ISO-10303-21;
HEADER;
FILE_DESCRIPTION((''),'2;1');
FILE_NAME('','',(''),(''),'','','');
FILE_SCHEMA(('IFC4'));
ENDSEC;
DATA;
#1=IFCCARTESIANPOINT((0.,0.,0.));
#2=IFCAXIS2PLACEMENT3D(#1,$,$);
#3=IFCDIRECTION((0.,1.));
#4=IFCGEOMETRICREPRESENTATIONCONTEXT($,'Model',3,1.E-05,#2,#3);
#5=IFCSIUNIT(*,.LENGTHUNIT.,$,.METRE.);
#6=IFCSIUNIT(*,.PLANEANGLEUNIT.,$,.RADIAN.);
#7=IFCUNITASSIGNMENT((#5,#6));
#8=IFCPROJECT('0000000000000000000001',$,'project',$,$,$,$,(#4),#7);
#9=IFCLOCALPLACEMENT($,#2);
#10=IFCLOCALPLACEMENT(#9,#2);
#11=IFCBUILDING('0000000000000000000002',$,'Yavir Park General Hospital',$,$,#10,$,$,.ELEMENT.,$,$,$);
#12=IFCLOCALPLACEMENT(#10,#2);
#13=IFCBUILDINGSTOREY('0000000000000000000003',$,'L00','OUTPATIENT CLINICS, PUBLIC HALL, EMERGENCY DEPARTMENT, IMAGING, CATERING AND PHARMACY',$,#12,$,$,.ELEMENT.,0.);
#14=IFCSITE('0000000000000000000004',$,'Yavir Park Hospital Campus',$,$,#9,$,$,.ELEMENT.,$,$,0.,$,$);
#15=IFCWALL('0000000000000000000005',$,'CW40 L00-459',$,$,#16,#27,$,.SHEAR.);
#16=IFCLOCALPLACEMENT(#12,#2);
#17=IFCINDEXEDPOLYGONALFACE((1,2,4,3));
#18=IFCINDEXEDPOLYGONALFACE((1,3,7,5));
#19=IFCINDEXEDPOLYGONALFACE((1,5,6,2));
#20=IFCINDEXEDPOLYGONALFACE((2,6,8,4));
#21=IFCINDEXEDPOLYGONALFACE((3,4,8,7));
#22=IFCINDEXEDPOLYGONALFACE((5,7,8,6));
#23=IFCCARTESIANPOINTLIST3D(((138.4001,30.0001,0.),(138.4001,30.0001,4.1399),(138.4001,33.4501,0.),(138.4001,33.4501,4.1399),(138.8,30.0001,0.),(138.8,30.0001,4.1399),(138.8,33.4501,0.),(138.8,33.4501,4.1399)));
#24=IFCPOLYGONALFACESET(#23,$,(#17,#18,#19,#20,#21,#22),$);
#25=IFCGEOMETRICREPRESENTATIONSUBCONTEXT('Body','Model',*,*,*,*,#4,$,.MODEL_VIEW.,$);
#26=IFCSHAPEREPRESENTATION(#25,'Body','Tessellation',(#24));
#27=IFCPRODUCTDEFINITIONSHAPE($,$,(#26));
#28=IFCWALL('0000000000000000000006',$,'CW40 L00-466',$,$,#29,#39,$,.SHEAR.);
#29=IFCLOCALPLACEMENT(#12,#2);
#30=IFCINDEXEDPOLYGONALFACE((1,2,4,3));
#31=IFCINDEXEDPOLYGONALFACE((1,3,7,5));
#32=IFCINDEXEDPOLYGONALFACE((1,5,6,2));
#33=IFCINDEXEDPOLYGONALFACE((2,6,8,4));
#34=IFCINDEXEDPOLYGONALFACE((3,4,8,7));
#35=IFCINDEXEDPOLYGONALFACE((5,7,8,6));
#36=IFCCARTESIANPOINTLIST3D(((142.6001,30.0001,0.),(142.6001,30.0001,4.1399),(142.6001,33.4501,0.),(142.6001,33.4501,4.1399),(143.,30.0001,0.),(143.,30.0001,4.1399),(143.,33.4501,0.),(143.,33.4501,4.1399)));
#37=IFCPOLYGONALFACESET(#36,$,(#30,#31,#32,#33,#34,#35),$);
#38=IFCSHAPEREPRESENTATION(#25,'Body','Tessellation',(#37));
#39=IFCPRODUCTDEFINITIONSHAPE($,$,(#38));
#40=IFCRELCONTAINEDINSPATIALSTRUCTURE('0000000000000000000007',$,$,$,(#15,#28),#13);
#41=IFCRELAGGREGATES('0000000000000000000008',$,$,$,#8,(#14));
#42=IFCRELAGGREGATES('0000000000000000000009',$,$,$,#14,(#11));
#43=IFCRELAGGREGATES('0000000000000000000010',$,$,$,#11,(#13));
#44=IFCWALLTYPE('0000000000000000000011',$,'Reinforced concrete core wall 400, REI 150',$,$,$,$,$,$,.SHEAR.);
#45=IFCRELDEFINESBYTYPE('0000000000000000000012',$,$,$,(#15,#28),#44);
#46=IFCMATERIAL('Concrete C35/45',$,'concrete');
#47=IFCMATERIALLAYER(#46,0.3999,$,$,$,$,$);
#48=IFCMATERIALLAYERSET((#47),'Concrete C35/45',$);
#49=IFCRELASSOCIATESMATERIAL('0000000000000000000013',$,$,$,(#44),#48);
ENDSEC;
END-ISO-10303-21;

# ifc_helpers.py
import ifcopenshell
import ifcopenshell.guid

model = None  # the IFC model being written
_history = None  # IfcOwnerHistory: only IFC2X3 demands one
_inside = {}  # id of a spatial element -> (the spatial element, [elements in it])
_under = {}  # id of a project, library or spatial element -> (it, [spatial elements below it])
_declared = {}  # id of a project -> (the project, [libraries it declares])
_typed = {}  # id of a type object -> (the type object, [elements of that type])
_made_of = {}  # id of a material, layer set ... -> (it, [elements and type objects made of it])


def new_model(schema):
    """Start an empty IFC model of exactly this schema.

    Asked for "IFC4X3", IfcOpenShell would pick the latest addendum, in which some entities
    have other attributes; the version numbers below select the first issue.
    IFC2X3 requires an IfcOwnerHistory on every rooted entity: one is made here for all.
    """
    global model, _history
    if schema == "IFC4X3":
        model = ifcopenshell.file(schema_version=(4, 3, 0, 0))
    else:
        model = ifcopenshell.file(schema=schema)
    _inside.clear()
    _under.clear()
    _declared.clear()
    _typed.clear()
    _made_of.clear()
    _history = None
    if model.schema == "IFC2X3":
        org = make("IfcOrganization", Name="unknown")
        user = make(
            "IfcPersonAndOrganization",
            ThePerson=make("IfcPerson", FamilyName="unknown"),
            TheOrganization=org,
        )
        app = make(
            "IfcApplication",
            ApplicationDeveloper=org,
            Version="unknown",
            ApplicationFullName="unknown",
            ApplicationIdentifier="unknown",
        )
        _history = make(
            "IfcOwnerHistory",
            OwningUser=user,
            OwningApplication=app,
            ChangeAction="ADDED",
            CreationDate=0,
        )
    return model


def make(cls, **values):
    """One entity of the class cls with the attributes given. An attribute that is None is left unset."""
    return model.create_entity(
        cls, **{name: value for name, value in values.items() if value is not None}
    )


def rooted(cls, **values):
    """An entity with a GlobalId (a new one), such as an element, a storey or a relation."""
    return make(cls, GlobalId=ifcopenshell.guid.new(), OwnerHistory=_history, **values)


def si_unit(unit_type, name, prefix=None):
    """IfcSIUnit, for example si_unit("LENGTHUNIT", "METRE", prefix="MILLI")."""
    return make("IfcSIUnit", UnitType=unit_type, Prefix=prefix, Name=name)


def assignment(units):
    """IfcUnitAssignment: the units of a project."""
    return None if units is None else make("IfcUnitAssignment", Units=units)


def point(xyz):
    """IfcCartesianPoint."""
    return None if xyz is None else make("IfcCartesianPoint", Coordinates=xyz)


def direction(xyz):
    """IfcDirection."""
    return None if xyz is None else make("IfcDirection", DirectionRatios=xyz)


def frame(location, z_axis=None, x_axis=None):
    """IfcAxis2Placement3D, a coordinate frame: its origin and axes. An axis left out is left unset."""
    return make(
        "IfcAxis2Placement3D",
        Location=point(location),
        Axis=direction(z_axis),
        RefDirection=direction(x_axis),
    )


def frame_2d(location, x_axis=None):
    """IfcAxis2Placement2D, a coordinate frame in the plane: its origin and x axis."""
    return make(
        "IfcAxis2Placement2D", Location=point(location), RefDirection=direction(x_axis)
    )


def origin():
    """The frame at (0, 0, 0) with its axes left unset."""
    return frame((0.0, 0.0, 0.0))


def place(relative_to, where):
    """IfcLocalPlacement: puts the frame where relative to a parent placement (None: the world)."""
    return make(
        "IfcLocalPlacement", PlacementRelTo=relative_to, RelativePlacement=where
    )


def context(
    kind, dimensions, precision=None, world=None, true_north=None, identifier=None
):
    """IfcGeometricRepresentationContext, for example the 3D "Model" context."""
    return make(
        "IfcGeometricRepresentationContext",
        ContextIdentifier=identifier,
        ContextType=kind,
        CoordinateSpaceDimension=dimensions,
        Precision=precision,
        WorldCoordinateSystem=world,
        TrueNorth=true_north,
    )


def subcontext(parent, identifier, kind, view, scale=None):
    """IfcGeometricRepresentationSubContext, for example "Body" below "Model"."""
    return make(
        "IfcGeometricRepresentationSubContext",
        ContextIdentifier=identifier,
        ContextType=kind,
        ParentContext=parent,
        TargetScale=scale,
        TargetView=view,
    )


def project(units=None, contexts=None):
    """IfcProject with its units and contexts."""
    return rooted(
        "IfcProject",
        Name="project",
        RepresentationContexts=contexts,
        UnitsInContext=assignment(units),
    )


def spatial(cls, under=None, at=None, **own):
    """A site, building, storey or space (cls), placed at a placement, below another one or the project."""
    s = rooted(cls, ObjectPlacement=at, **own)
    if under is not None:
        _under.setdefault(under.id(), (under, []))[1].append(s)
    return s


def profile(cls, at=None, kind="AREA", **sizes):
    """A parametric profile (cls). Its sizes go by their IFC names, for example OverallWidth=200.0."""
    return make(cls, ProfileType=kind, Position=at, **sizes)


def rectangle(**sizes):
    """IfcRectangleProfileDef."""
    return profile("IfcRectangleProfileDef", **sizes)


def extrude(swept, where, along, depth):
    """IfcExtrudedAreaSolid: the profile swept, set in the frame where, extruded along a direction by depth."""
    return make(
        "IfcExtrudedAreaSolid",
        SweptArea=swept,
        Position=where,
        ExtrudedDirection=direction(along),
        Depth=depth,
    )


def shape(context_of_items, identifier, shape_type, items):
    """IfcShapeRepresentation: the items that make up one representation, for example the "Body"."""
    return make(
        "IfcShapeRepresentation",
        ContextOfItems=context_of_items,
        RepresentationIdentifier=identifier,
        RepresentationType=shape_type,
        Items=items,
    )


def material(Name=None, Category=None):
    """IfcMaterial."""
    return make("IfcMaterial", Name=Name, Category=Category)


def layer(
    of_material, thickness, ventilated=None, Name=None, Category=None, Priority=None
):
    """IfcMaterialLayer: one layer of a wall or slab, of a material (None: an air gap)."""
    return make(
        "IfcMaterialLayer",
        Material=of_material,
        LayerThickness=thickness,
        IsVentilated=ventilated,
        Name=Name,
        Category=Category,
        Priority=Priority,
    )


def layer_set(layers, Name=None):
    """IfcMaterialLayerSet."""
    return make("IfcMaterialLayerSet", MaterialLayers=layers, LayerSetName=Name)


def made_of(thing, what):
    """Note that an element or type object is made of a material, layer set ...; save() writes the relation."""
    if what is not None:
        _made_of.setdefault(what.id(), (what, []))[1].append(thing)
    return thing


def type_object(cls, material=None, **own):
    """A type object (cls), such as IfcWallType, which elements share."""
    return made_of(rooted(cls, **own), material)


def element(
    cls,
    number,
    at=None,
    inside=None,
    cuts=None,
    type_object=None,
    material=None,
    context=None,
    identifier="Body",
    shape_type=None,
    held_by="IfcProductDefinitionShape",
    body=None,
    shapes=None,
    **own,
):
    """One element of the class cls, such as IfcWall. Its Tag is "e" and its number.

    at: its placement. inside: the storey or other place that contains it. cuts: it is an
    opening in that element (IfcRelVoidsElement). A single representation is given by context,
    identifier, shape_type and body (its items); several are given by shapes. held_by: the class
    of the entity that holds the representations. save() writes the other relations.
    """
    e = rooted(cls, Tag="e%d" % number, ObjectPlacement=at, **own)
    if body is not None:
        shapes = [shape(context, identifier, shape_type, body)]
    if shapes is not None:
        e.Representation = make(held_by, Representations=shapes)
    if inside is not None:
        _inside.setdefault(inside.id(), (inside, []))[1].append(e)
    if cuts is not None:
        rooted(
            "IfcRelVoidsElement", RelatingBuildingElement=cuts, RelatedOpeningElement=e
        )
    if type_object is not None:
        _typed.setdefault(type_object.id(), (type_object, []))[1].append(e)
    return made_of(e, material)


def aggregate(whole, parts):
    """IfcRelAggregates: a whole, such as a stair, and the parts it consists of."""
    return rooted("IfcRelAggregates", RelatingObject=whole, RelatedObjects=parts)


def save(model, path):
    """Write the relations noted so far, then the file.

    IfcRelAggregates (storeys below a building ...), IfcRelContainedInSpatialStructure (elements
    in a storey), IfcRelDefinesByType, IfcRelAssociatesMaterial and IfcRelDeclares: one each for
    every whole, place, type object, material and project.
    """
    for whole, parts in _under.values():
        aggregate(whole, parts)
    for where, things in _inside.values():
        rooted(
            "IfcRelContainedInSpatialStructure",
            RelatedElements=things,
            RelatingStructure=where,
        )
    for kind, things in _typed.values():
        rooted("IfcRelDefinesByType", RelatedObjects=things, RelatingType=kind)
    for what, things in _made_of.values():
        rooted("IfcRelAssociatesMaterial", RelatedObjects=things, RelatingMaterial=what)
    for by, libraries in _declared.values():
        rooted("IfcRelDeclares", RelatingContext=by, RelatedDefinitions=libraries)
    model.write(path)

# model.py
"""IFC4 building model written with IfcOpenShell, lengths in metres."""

from ifc_helpers import new_model, si_unit, direction, frame, frame_2d, origin, place, context, subcontext, project, spatial, rectangle, extrude, material, layer, layer_set, type_object, element, save


model = new_model("IFC4")

# Units and contexts
model_context = context("Model", 3, precision=1e-05, world=origin(), true_north=direction((0.0, 1.0)))
body_context = subcontext(model_context, "Body", "Model", "MODEL_VIEW")
ifc_project = project(units=[si_unit("LENGTHUNIT", "METRE"), si_unit("PLANEANGLEUNIT", "RADIAN")], contexts=[model_context])

# Site, building, storey
site_placement = place(None, origin())
site = spatial("IfcSite", under=ifc_project, at=site_placement, Name="Yavir Park Hospital Campus", CompositionType="ELEMENT", RefElevation=0.0)
building_placement = place(site_placement, origin())
building = spatial("IfcBuilding", under=site, at=building_placement, Name="Yavir Park General Hospital", CompositionType="ELEMENT")
storey_placement = place(building_placement, origin())
storey = spatial("IfcBuildingStorey", under=building, at=storey_placement, Name="L00", Description="OUTPATIENT CLINICS, PUBLIC HALL, EMERGENCY DEPARTMENT, IMAGING, CATERING AND PHARMACY", CompositionType="ELEMENT", Elevation=0.0)

# Shared definitions
ifc_material_1 = material(Name="Concrete C35/45", Category="concrete")
ifc_layer_1 = layer(ifc_material_1, 0.3999)
ifc_layer_set_1 = layer_set([ifc_layer_1], Name="Concrete C35/45")
wall_type_1 = type_object("IfcWallType", Name="Reinforced concrete core wall 400, REI 150", PredefinedType="SHEAR", material=ifc_layer_set_1)

# Walls
for number, where, z_axis, x_axis, name in (
    (1, (138.6001, 30.0, 0.0), (0.0, 0.0, 1.0), (0.0, 1.0, 0.0), "CW40 L00-459"),
    (2, (142.8, 30.0, 0.0), (0.0, 0.0, 1.0), (0.0, 1.0, 0.0), "CW40 L00-466"),
):
    element("IfcWall", number, at=place(storey_placement, frame(where, z_axis=z_axis, x_axis=x_axis)), inside=storey, type_object=wall_type_1, Name=name, PredefinedType="SHEAR", context=body_context, shape_type="SweptSolid", body=[
        extrude(rectangle(XDim=3.45, YDim=0.3999, at=frame_2d((1.7251, 0.0))), origin(), (0.0, 0.0, 1.0), 4.1399),
    ])

save(model, "model.ifc")
